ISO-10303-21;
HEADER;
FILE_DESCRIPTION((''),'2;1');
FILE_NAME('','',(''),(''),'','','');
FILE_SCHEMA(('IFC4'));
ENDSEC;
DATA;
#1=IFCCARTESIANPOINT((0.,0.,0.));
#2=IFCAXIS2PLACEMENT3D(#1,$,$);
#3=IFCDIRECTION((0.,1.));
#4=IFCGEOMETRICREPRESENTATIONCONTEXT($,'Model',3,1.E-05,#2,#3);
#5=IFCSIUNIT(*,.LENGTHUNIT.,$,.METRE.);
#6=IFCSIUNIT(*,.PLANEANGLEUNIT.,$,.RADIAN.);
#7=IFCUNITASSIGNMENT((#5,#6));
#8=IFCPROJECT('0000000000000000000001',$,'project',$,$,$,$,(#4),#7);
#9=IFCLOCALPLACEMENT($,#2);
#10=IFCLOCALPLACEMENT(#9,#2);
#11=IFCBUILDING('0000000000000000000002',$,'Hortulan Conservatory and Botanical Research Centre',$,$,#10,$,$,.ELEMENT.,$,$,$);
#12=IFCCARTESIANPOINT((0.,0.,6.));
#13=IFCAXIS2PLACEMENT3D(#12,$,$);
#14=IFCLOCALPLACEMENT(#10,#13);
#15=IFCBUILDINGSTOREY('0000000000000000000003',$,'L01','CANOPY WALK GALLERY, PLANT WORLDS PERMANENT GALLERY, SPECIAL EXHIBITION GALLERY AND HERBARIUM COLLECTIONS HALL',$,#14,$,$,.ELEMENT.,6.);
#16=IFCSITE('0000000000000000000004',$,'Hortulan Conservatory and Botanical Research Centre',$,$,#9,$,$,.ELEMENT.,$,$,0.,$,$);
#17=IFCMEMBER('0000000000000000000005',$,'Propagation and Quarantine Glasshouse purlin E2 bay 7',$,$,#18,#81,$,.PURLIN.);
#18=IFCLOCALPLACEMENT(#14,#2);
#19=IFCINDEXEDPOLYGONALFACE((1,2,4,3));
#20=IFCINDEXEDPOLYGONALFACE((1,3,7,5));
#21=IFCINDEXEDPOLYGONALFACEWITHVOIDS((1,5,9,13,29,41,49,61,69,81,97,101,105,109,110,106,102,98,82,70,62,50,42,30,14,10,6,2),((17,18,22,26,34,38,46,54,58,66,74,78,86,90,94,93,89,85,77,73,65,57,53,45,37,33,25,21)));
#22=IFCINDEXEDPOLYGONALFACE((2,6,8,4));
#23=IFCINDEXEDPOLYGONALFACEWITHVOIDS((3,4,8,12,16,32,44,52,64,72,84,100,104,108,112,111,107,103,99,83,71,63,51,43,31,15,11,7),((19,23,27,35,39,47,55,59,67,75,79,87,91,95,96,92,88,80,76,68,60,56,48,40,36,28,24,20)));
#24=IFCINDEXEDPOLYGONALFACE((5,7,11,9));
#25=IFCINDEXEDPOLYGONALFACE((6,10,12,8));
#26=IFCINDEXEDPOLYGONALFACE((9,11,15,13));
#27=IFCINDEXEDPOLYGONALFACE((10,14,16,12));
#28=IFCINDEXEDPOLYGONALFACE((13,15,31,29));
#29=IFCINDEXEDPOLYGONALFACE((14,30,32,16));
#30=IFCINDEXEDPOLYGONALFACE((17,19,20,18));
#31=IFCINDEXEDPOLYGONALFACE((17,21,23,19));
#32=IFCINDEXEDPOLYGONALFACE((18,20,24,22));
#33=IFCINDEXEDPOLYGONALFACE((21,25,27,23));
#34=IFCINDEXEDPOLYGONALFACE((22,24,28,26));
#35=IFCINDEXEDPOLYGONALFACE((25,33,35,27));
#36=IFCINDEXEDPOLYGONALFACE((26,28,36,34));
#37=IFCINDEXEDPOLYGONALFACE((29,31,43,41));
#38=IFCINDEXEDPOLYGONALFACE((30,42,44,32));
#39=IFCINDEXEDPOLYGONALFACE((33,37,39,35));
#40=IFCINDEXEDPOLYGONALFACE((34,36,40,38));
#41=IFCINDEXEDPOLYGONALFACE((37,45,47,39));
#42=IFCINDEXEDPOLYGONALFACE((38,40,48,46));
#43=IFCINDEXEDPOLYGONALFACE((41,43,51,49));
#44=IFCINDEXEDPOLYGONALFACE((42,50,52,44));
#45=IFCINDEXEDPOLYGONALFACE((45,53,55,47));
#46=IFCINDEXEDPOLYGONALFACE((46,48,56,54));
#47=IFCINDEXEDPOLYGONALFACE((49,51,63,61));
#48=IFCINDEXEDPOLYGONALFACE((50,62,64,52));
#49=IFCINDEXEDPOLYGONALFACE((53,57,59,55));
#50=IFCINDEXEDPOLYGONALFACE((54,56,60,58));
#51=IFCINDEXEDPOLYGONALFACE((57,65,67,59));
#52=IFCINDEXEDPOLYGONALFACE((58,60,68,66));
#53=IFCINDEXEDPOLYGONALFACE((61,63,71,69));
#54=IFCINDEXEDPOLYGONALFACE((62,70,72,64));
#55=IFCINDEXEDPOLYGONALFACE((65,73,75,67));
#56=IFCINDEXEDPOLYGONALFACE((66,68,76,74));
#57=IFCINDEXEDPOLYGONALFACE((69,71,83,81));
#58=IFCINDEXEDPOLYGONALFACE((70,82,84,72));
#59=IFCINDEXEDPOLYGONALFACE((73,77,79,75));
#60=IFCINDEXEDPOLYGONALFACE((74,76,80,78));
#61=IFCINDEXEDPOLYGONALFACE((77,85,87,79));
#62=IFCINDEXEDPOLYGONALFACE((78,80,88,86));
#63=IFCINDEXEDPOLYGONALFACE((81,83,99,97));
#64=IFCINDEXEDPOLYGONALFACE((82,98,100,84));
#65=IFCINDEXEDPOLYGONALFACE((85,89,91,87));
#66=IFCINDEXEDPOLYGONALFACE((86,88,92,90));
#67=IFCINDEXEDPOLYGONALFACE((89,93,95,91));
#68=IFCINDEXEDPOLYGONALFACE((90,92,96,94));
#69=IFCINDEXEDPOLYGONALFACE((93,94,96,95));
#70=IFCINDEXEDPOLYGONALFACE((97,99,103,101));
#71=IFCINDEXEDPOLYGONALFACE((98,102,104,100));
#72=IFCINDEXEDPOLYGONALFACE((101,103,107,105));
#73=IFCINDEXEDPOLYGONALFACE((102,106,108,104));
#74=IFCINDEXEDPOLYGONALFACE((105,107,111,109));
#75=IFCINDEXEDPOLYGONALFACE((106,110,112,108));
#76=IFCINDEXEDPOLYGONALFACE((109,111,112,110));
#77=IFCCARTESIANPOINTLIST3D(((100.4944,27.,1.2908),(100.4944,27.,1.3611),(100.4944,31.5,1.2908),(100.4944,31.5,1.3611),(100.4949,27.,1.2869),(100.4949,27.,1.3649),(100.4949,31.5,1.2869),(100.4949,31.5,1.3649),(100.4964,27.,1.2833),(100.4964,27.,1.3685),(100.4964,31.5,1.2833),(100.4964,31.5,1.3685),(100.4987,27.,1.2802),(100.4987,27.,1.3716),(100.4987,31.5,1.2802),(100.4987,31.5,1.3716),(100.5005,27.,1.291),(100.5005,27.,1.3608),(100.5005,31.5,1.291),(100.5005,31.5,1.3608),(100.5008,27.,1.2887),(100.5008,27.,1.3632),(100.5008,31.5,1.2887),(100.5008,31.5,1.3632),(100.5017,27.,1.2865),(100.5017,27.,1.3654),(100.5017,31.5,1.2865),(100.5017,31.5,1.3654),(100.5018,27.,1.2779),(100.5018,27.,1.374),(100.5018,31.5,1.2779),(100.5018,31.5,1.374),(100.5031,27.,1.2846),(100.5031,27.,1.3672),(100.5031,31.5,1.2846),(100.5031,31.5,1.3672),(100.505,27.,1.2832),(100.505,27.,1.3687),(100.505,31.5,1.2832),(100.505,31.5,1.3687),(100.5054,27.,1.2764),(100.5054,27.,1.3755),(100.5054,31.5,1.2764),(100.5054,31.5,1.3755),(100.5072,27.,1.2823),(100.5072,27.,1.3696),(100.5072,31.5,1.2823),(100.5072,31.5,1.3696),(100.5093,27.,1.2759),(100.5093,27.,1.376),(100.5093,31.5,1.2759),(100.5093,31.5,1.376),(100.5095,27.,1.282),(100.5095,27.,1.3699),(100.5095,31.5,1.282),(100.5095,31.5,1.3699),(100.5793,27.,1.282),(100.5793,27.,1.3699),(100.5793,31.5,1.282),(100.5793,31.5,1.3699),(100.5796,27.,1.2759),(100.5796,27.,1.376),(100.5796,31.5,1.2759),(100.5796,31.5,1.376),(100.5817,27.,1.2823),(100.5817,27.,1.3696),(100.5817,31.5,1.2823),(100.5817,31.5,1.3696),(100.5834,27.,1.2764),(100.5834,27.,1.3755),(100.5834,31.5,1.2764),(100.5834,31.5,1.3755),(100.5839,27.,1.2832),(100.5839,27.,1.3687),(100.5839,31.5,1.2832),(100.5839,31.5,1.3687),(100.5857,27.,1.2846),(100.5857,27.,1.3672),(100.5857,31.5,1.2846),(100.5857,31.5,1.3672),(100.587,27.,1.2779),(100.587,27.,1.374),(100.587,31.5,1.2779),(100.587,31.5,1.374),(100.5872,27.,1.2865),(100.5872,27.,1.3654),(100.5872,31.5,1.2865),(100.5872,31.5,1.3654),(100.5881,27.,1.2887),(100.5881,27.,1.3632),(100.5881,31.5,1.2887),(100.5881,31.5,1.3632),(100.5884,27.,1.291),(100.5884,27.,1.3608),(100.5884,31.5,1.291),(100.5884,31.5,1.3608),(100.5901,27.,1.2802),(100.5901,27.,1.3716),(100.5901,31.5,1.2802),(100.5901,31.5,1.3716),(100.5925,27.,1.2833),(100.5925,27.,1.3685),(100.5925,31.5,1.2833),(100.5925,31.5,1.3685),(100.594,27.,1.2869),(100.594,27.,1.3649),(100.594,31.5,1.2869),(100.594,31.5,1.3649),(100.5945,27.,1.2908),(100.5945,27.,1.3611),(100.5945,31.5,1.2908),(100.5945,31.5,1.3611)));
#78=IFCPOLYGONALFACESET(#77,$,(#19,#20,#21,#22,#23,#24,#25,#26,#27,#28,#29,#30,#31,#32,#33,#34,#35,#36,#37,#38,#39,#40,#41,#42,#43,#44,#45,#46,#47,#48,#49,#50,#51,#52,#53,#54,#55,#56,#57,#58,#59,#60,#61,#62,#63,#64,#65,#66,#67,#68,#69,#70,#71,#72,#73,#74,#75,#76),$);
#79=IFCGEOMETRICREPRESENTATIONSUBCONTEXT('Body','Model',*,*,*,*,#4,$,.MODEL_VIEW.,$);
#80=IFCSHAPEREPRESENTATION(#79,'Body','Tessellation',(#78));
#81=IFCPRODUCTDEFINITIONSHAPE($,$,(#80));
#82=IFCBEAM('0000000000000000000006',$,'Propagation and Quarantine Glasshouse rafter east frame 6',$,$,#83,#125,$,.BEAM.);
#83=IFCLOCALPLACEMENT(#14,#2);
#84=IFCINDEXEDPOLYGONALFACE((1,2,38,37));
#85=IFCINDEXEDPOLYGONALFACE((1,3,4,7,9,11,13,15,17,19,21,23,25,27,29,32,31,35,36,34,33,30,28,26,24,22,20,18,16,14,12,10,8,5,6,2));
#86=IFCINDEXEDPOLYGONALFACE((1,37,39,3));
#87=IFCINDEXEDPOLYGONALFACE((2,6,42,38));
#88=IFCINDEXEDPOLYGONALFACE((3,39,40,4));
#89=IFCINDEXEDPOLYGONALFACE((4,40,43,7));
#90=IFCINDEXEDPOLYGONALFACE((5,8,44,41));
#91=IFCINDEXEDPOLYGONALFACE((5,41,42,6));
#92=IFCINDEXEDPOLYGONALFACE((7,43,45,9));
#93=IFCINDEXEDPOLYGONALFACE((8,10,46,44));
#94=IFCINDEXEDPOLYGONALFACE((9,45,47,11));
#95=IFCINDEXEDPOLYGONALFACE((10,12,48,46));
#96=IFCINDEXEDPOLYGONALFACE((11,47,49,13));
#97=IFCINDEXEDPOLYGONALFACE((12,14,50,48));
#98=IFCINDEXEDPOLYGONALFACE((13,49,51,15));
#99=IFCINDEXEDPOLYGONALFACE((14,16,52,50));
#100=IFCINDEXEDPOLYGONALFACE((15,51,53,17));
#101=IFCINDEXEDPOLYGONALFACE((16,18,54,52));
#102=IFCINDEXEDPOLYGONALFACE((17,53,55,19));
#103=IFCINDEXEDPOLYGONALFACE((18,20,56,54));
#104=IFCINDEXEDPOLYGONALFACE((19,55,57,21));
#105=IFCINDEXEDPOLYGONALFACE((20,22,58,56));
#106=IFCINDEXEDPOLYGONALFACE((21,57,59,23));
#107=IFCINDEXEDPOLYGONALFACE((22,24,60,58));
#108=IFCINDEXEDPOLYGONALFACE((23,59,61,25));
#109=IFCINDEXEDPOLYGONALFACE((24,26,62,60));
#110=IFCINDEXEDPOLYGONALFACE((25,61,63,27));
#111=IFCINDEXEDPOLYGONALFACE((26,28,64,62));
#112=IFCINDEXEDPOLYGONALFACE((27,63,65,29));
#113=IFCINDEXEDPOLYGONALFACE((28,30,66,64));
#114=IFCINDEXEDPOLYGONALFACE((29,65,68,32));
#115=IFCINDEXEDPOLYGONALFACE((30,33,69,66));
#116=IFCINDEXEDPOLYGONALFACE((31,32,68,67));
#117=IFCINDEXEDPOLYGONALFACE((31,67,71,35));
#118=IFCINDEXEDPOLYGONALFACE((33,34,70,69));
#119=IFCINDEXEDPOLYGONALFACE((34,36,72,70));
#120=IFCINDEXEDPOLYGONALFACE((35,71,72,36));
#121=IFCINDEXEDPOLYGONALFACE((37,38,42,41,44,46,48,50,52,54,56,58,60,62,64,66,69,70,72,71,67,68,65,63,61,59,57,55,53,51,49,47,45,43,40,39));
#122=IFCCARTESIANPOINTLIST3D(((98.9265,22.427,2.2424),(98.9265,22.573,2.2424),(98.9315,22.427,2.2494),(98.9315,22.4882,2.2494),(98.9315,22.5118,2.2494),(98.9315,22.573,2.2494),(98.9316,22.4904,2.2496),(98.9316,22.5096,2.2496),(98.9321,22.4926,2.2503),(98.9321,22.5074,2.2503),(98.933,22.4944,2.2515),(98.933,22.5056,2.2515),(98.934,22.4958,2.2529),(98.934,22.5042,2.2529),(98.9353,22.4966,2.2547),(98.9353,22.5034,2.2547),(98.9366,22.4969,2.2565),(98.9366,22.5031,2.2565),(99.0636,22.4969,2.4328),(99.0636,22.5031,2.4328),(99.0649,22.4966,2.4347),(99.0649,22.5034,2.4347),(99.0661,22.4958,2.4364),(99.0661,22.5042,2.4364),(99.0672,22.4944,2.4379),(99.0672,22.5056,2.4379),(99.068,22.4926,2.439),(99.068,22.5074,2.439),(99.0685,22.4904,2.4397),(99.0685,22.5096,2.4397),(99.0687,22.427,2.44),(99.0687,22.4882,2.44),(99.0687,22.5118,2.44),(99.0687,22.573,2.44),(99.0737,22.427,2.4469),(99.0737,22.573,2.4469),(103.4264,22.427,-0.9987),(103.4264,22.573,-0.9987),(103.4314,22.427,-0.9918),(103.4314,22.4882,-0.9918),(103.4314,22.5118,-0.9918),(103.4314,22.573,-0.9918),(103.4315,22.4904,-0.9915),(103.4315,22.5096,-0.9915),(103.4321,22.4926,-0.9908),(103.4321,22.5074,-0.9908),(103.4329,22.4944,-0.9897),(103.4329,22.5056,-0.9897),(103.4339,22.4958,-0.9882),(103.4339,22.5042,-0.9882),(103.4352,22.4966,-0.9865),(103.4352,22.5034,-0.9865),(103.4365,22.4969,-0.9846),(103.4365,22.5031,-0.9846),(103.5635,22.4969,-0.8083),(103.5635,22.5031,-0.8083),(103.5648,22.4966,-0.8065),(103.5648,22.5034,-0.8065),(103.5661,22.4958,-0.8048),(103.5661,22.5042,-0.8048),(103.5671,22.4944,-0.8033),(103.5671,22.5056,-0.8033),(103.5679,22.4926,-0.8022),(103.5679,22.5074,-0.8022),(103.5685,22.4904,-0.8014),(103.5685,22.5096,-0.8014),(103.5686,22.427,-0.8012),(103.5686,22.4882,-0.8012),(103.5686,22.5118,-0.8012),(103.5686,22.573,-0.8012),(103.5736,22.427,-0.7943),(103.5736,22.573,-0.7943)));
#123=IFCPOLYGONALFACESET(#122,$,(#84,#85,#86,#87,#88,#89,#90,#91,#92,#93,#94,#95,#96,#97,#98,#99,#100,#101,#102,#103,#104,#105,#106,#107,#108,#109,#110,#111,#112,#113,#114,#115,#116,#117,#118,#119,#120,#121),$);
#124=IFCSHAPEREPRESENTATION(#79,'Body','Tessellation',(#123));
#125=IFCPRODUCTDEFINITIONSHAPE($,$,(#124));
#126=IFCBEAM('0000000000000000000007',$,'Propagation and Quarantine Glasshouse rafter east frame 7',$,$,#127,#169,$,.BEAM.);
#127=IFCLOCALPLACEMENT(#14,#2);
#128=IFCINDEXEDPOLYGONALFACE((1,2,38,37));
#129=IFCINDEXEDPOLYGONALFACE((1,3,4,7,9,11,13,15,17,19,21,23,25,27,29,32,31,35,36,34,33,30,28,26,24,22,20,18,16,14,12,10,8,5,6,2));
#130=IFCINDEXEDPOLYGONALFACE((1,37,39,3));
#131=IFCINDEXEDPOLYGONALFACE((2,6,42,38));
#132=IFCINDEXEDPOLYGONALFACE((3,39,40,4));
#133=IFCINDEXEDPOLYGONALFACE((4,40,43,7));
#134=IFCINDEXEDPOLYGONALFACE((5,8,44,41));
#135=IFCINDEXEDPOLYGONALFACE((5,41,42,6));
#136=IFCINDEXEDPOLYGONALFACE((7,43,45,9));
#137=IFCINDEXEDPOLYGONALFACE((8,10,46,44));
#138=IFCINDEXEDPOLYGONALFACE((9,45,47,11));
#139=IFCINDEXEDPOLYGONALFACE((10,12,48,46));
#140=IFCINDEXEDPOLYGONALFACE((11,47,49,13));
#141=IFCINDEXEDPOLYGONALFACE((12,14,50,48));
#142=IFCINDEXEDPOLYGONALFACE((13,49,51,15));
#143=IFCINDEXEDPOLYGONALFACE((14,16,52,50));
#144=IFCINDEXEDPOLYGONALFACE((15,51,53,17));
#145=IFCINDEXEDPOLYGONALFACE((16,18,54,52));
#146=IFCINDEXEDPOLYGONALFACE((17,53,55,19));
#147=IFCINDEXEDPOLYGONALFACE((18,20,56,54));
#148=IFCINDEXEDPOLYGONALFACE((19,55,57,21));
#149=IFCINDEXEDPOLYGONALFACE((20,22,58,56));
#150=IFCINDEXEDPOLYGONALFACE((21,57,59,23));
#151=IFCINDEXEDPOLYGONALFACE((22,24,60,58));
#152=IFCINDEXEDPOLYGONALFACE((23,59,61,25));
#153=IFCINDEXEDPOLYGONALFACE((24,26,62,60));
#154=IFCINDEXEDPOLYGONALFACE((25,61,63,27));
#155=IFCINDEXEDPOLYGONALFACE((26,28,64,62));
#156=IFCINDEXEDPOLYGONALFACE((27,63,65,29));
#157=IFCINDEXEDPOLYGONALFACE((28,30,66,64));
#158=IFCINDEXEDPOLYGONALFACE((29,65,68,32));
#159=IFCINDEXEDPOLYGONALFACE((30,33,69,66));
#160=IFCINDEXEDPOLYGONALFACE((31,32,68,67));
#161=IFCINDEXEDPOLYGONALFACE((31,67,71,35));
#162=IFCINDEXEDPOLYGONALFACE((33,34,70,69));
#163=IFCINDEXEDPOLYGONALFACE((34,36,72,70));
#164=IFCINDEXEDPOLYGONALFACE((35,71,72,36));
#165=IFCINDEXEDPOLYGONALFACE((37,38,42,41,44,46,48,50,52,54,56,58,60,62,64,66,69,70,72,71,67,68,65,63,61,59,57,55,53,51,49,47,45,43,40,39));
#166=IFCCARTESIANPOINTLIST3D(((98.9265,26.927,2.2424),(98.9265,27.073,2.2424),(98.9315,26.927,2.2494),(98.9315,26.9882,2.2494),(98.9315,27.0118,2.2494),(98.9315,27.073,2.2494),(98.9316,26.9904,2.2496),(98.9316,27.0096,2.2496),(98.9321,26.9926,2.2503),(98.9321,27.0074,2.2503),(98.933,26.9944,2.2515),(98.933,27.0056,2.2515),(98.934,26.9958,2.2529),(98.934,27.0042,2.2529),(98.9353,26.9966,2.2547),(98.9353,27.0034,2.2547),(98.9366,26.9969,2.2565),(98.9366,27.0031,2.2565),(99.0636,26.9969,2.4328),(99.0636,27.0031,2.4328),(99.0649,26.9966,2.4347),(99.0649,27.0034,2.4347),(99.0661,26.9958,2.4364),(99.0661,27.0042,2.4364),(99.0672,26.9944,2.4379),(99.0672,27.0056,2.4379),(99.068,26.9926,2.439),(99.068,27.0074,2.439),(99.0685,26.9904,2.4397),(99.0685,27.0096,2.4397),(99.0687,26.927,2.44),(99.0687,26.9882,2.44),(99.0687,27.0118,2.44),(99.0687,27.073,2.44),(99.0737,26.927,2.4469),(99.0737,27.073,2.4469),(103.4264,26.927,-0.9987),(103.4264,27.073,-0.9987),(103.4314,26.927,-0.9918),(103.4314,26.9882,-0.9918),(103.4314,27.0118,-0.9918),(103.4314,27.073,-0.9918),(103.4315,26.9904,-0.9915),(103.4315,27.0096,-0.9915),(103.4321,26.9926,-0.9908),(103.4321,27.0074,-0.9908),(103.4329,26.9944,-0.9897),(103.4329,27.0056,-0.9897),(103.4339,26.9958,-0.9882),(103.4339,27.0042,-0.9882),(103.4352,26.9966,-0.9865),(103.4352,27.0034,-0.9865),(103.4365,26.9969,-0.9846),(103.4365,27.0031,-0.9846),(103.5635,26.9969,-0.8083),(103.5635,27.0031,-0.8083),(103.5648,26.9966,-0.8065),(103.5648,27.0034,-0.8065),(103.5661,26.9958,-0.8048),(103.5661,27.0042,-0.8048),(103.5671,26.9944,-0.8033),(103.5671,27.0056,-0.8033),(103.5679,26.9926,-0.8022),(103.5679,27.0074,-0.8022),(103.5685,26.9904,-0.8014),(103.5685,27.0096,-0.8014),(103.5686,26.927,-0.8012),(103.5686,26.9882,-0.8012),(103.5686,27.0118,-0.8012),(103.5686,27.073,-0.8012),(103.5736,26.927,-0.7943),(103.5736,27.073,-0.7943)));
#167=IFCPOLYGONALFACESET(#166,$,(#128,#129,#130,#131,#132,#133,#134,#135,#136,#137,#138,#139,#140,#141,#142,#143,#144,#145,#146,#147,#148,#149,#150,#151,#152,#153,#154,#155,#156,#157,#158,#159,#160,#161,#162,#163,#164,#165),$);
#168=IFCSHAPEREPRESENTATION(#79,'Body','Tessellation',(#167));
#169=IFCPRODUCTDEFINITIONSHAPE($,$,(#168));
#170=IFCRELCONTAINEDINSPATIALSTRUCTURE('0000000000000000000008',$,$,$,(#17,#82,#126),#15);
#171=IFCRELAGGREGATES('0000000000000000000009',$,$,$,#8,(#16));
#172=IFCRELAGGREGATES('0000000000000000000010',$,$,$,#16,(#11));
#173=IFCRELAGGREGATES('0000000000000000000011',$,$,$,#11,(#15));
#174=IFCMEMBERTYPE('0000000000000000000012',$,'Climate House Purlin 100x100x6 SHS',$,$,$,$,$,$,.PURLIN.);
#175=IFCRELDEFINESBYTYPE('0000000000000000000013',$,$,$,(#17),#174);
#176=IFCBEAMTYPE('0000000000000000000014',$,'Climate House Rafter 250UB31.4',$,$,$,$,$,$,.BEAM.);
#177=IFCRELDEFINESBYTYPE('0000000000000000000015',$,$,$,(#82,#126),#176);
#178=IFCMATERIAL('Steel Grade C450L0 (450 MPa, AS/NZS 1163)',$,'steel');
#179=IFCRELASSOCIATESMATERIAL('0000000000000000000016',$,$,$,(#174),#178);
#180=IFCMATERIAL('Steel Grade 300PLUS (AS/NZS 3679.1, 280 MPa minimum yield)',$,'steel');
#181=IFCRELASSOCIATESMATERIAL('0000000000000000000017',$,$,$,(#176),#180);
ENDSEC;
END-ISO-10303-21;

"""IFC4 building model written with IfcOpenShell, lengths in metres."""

from ifc_helpers import new_model, si_unit, direction, frame, origin, origin_2d, place, context, subcontext, project, spatial, hollow_rectangle, i_section, extrude, material, material_profile, profile_set, type_object, element, save


model = new_model("IFC4")

# Units and contexts
model_context = context("Model", 3, precision=1e-05, world=origin(), true_north=direction((0.0, 1.0)))
body_context = subcontext(model_context, "Body", "Model", "MODEL_VIEW")
ifc_project = project(units=[si_unit("LENGTHUNIT", "METRE"), si_unit("PLANEANGLEUNIT", "RADIAN")], contexts=[model_context])

# Site, building, storey
site_placement = place(None, origin())
site = spatial("IfcSite", under=ifc_project, at=site_placement, Name="Hortulan Conservatory and Botanical Research Centre", CompositionType="ELEMENT", RefElevation=0.0)
building_placement = place(site_placement, origin())
building = spatial("IfcBuilding", under=site, at=building_placement, Name="Hortulan Conservatory and Botanical Research Centre", CompositionType="ELEMENT")
storey_placement = place(building_placement, frame((0.0, 0.0, 6.0)))
storey = spatial("IfcBuildingStorey", under=building, at=storey_placement, Name="L01", Description="CANOPY WALK GALLERY, PLANT WORLDS PERMANENT GALLERY, SPECIAL EXHIBITION GALLERY AND HERBARIUM COLLECTIONS HALL", CompositionType="ELEMENT", Elevation=6.0)

# Shared definitions
ifc_material_1 = material(Name="Steel Grade 300PLUS (AS/NZS 3679.1, 280 MPa minimum yield)", Category="steel")

# Member
ifc_material_2 = material(Name="Steel Grade C450L0 (450 MPa, AS/NZS 1163)", Category="steel")
ifc_material_profile_1 = material_profile(ifc_material_2, hollow_rectangle(XDim=0.1001, YDim=0.1001, WallThickness=0.0061, InnerFilletRadius=0.009, OuterFilletRadius=0.0149, at=origin_2d()), Name="100x100x6SHS")
ifc_profile_set_1 = profile_set([ifc_material_profile_1], Name="Steel Grade C450L0 (450 MPa, AS/NZS 1163)")
member_type_1 = type_object("IfcMemberType", Name="Climate House Purlin 100x100x6 SHS", PredefinedType="PURLIN", material=ifc_profile_set_1)
for number, where, z_axis, x_axis, name in (
    (1, (100.5444, 27.0, 1.3259), (0.0, 1.0, 0.0), (-1.0, 0.0, 0.0), "Propagation and Quarantine Glasshouse purlin E2 bay 7"),
):
    element("IfcMember", number, at=place(storey_placement, frame(where, z_axis=z_axis, x_axis=x_axis)), inside=storey, type_object=member_type_1, Name=name, PredefinedType="PURLIN", context=body_context, shape_type="SweptSolid", body=[
        extrude(hollow_rectangle(XDim=0.1001, YDim=0.1001, WallThickness=0.0061, InnerFilletRadius=0.009, OuterFilletRadius=0.0149, at=origin_2d()), origin(), (0.0, 0.0, 1.0), 4.5),
    ])

# Beams
ifc_material_profile_2 = material_profile(ifc_material_1, i_section(OverallWidth=0.146, OverallDepth=0.252, WebThickness=0.0061, FlangeThickness=0.0085, FilletRadius=0.0088, at=origin_2d()), Name="250UB31.4")
ifc_profile_set_2 = profile_set([ifc_material_profile_2], Name="Steel Grade 300PLUS (AS/NZS 3679.1, 280 MPa minimum yield)")
beam_type_1 = type_object("IfcBeamType", Name="Climate House Rafter 250UB31.4", PredefinedType="BEAM", material=ifc_profile_set_2)
for number, where, z_axis, x_axis, name in (
    (2, (103.5, 22.5, -0.8965), (-0.811431, 0.0, 0.584449), (0.0, -1.0, 0.0), "Propagation and Quarantine Glasshouse rafter east frame 6"),
    (3, (103.5, 27.0, -0.8965), (-0.811431, 0.0, 0.584449), (0.0, -1.0, 0.0), "Propagation and Quarantine Glasshouse rafter east frame 7"),
):
    element("IfcBeam", number, at=place(storey_placement, frame(where, z_axis=z_axis, x_axis=x_axis)), inside=storey, type_object=beam_type_1, Name=name, PredefinedType="BEAM", context=body_context, shape_type="SweptSolid", body=[
        extrude(i_section(OverallWidth=0.146, OverallDepth=0.252, WebThickness=0.0061, FlangeThickness=0.0085, FilletRadius=0.0088, at=origin_2d()), origin(), (0.0, 0.0, 1.0), 5.5457),
    ])

save(model, "model.ifc")
